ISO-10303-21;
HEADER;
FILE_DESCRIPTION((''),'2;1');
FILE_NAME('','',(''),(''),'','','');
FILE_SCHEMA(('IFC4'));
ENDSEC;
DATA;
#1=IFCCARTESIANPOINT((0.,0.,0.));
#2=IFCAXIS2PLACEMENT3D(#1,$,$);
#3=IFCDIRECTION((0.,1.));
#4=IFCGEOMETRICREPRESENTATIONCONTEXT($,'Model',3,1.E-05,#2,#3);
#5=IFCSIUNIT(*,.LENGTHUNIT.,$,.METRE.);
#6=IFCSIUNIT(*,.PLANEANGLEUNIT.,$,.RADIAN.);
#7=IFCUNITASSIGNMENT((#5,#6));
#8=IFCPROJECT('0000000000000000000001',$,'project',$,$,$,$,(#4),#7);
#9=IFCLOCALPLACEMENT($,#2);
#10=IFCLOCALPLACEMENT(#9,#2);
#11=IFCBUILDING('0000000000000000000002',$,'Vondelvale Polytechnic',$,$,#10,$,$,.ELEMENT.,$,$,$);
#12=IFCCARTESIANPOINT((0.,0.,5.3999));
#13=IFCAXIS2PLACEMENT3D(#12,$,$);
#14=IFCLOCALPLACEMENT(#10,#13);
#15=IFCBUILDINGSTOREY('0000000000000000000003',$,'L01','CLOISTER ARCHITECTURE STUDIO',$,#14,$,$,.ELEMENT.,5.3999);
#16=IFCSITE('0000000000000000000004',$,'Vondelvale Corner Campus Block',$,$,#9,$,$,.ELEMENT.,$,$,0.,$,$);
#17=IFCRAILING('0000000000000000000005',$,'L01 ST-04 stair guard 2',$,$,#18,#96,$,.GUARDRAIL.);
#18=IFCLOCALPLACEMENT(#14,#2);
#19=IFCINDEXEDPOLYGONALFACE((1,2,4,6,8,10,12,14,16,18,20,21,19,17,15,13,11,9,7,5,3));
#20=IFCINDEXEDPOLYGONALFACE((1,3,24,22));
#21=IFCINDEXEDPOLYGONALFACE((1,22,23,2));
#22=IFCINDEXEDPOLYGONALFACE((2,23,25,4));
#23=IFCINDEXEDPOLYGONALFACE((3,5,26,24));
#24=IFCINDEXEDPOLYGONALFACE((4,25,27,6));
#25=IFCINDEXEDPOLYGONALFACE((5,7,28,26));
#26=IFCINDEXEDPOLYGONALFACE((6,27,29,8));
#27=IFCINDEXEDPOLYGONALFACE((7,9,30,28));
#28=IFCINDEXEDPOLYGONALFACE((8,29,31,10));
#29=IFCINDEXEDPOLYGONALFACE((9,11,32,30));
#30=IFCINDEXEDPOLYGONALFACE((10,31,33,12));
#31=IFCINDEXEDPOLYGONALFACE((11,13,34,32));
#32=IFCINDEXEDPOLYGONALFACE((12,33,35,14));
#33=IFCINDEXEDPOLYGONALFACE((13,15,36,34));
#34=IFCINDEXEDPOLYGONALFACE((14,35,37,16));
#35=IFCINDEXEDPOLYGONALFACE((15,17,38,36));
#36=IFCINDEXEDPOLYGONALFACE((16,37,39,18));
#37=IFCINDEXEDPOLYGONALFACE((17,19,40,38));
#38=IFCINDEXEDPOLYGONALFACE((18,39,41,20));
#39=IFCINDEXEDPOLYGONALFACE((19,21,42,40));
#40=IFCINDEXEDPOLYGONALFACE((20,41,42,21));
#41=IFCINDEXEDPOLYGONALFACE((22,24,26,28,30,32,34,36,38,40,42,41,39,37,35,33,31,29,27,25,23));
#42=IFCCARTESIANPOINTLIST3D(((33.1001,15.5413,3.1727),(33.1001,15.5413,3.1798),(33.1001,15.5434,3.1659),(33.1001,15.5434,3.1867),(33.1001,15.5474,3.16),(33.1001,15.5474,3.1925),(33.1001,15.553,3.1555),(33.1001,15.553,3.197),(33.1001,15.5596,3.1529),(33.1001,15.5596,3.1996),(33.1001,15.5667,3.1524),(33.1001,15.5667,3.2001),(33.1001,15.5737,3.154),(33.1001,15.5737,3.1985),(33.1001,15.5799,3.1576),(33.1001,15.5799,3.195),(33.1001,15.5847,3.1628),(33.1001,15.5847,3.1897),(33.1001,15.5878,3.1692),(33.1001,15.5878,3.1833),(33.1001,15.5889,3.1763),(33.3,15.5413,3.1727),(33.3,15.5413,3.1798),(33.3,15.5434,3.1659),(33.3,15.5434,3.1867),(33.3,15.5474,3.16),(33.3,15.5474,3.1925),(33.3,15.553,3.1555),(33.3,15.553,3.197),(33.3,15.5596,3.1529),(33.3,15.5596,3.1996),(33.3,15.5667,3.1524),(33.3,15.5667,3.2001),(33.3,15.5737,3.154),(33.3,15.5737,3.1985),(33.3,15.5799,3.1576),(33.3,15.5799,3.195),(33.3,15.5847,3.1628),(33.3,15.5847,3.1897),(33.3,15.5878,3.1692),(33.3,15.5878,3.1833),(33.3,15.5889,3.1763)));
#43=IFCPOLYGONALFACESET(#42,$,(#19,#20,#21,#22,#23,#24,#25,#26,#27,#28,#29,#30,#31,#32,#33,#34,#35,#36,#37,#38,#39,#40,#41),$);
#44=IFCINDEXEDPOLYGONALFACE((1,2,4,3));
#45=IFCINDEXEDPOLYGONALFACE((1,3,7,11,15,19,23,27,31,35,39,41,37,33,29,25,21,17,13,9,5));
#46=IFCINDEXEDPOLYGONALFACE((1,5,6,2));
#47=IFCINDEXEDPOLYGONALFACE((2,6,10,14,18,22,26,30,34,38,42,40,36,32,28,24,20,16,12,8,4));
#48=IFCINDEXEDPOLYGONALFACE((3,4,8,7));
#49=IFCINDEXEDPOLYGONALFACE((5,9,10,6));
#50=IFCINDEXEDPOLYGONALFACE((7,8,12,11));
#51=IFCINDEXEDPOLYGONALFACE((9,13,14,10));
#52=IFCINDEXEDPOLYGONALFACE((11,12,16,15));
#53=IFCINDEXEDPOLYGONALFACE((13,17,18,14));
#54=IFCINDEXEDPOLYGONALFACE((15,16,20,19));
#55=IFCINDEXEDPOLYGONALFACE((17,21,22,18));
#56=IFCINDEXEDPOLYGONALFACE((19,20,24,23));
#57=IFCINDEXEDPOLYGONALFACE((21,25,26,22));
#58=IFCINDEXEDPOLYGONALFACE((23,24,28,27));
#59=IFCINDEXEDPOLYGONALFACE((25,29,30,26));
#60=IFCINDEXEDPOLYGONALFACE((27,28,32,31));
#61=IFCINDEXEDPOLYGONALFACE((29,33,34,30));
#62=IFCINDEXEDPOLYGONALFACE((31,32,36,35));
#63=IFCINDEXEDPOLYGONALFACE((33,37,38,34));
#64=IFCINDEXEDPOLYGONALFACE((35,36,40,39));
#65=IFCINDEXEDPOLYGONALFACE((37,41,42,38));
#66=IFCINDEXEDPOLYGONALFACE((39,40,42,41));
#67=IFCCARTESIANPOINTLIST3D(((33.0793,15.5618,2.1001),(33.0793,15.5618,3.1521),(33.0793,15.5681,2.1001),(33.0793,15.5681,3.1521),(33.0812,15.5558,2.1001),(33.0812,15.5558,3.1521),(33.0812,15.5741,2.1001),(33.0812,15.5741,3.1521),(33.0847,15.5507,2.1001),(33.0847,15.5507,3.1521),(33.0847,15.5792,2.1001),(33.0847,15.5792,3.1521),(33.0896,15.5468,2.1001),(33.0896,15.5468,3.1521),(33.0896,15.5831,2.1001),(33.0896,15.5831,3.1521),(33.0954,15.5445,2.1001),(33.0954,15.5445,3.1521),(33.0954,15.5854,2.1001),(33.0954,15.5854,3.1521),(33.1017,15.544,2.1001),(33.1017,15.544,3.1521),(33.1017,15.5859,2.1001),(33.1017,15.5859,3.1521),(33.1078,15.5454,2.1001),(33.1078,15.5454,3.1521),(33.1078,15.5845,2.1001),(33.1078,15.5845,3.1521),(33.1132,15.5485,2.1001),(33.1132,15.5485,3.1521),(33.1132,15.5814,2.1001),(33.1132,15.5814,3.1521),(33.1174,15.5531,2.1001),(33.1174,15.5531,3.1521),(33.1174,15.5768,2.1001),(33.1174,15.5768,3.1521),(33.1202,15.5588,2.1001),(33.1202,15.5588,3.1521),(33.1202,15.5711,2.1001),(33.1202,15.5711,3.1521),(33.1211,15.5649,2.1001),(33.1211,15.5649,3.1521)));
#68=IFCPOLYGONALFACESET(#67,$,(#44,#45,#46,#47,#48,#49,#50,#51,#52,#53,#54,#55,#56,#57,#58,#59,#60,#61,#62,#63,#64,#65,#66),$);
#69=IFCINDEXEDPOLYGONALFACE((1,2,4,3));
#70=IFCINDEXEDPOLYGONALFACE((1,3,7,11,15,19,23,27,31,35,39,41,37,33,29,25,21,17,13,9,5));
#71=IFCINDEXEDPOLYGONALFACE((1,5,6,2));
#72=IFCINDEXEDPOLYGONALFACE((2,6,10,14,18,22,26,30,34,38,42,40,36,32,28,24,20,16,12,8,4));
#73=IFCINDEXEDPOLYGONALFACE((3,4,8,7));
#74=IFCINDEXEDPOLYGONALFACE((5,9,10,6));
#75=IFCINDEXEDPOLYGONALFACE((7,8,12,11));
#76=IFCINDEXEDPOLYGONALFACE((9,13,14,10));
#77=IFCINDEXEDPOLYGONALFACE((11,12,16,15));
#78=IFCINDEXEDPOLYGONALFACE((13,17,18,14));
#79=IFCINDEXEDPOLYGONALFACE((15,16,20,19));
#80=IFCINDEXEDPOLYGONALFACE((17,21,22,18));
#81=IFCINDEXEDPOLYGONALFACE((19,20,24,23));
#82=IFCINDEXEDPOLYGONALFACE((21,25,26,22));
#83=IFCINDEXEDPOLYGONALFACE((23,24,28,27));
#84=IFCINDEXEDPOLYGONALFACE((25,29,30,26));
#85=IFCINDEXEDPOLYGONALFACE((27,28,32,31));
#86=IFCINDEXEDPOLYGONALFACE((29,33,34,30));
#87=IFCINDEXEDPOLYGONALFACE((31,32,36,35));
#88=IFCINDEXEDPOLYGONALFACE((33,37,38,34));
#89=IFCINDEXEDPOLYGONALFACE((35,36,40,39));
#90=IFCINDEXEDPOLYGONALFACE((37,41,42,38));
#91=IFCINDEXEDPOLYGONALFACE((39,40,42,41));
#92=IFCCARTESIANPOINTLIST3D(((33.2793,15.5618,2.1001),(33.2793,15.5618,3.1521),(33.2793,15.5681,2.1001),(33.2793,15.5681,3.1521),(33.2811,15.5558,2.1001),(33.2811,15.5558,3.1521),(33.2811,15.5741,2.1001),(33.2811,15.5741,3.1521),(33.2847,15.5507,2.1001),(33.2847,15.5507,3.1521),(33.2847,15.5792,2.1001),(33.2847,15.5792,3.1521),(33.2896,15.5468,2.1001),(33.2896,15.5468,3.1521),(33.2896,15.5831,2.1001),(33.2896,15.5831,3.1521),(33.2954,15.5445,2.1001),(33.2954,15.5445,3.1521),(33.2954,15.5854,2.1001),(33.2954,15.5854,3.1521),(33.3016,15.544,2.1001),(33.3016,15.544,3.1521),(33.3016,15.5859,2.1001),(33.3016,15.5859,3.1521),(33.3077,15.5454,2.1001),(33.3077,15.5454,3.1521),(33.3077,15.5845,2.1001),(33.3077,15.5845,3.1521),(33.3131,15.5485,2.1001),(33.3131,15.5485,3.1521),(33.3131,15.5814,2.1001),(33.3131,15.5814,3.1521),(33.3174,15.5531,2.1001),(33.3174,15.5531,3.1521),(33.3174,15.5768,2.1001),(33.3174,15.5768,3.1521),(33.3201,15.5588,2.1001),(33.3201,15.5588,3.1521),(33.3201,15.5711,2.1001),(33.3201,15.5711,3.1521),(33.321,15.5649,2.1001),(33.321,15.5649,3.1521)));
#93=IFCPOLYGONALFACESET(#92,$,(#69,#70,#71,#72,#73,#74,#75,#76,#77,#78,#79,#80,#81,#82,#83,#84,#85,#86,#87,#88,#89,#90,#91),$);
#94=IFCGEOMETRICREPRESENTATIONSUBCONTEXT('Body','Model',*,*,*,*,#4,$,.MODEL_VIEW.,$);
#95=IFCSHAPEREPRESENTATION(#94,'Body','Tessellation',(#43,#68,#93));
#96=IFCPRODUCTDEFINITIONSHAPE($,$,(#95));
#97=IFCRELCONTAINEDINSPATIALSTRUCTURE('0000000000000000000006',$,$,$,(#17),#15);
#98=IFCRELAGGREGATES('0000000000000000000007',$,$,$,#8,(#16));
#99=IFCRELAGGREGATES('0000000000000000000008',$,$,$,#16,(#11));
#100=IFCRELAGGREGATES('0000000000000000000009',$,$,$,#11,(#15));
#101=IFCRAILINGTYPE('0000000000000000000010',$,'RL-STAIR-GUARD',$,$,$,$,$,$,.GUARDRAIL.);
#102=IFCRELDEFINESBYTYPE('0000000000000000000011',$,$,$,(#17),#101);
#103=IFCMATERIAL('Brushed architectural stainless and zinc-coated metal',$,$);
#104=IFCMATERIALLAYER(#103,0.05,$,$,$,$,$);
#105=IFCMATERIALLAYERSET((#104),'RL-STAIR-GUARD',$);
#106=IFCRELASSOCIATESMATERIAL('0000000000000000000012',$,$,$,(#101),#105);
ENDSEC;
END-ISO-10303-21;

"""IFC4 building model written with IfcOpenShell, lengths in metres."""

from ifc_helpers import new_model, si_unit, direction, frame, origin, origin_2d, place, context, subcontext, project, spatial, circle, extrude, material, layer, layer_set, type_object, element, save


model = new_model("IFC4")

# Units and contexts
model_context = context("Model", 3, precision=1e-05, world=origin(), true_north=direction((0.0, 1.0)))
body_context = subcontext(model_context, "Body", "Model", "MODEL_VIEW")
ifc_project = project(units=[si_unit("LENGTHUNIT", "METRE"), si_unit("PLANEANGLEUNIT", "RADIAN")], contexts=[model_context])

# Site, building, storey
site_placement = place(None, origin())
site = spatial("IfcSite", under=ifc_project, at=site_placement, Name="Vondelvale Corner Campus Block", CompositionType="ELEMENT", RefElevation=0.0)
building_placement = place(site_placement, origin())
building = spatial("IfcBuilding", under=site, at=building_placement, Name="Vondelvale Polytechnic", CompositionType="ELEMENT")
storey_placement = place(building_placement, frame((0.0, 0.0, 5.3999)))
storey = spatial("IfcBuildingStorey", under=building, at=storey_placement, Name="L01", Description="CLOISTER ARCHITECTURE STUDIO", CompositionType="ELEMENT", Elevation=5.3999)

# Railing
ifc_material_1 = material(Name="Brushed architectural stainless and zinc-coated metal")
ifc_layer_1 = layer(ifc_material_1, 0.05)
ifc_layer_set_1 = layer_set([ifc_layer_1], Name="RL-STAIR-GUARD")
railing_type_1 = type_object("IfcRailingType", Name="RL-STAIR-GUARD", PredefinedType="GUARDRAIL", material=ifc_layer_set_1)
railing_1_placement = place(storey_placement, frame((33.1001, 15.5649, 2.1001)))
element("IfcRailing", 1, at=railing_1_placement, inside=storey, type_object=railing_type_1, Name="L01 ST-04 stair guard 2", PredefinedType="GUARDRAIL", context=body_context, shape_type="SweptSolid", body=[
    extrude(circle(Radius=0.0239, at=origin_2d()), frame((0.0, 0.0, 1.0762), z_axis=(1.0, 0.0, 0.0), x_axis=(0.0, 1.0, 0.0)), (0.0, 0.0, 1.0), 0.2),
    extrude(circle(Radius=0.021, at=origin_2d()), origin(), (0.0, 0.0, 1.0), 1.052),
    extrude(circle(Radius=0.021, at=origin_2d()), frame((0.2, 0.0, 0.0)), (0.0, 0.0, 1.0), 1.052),
])

save(model, "model.ifc")
